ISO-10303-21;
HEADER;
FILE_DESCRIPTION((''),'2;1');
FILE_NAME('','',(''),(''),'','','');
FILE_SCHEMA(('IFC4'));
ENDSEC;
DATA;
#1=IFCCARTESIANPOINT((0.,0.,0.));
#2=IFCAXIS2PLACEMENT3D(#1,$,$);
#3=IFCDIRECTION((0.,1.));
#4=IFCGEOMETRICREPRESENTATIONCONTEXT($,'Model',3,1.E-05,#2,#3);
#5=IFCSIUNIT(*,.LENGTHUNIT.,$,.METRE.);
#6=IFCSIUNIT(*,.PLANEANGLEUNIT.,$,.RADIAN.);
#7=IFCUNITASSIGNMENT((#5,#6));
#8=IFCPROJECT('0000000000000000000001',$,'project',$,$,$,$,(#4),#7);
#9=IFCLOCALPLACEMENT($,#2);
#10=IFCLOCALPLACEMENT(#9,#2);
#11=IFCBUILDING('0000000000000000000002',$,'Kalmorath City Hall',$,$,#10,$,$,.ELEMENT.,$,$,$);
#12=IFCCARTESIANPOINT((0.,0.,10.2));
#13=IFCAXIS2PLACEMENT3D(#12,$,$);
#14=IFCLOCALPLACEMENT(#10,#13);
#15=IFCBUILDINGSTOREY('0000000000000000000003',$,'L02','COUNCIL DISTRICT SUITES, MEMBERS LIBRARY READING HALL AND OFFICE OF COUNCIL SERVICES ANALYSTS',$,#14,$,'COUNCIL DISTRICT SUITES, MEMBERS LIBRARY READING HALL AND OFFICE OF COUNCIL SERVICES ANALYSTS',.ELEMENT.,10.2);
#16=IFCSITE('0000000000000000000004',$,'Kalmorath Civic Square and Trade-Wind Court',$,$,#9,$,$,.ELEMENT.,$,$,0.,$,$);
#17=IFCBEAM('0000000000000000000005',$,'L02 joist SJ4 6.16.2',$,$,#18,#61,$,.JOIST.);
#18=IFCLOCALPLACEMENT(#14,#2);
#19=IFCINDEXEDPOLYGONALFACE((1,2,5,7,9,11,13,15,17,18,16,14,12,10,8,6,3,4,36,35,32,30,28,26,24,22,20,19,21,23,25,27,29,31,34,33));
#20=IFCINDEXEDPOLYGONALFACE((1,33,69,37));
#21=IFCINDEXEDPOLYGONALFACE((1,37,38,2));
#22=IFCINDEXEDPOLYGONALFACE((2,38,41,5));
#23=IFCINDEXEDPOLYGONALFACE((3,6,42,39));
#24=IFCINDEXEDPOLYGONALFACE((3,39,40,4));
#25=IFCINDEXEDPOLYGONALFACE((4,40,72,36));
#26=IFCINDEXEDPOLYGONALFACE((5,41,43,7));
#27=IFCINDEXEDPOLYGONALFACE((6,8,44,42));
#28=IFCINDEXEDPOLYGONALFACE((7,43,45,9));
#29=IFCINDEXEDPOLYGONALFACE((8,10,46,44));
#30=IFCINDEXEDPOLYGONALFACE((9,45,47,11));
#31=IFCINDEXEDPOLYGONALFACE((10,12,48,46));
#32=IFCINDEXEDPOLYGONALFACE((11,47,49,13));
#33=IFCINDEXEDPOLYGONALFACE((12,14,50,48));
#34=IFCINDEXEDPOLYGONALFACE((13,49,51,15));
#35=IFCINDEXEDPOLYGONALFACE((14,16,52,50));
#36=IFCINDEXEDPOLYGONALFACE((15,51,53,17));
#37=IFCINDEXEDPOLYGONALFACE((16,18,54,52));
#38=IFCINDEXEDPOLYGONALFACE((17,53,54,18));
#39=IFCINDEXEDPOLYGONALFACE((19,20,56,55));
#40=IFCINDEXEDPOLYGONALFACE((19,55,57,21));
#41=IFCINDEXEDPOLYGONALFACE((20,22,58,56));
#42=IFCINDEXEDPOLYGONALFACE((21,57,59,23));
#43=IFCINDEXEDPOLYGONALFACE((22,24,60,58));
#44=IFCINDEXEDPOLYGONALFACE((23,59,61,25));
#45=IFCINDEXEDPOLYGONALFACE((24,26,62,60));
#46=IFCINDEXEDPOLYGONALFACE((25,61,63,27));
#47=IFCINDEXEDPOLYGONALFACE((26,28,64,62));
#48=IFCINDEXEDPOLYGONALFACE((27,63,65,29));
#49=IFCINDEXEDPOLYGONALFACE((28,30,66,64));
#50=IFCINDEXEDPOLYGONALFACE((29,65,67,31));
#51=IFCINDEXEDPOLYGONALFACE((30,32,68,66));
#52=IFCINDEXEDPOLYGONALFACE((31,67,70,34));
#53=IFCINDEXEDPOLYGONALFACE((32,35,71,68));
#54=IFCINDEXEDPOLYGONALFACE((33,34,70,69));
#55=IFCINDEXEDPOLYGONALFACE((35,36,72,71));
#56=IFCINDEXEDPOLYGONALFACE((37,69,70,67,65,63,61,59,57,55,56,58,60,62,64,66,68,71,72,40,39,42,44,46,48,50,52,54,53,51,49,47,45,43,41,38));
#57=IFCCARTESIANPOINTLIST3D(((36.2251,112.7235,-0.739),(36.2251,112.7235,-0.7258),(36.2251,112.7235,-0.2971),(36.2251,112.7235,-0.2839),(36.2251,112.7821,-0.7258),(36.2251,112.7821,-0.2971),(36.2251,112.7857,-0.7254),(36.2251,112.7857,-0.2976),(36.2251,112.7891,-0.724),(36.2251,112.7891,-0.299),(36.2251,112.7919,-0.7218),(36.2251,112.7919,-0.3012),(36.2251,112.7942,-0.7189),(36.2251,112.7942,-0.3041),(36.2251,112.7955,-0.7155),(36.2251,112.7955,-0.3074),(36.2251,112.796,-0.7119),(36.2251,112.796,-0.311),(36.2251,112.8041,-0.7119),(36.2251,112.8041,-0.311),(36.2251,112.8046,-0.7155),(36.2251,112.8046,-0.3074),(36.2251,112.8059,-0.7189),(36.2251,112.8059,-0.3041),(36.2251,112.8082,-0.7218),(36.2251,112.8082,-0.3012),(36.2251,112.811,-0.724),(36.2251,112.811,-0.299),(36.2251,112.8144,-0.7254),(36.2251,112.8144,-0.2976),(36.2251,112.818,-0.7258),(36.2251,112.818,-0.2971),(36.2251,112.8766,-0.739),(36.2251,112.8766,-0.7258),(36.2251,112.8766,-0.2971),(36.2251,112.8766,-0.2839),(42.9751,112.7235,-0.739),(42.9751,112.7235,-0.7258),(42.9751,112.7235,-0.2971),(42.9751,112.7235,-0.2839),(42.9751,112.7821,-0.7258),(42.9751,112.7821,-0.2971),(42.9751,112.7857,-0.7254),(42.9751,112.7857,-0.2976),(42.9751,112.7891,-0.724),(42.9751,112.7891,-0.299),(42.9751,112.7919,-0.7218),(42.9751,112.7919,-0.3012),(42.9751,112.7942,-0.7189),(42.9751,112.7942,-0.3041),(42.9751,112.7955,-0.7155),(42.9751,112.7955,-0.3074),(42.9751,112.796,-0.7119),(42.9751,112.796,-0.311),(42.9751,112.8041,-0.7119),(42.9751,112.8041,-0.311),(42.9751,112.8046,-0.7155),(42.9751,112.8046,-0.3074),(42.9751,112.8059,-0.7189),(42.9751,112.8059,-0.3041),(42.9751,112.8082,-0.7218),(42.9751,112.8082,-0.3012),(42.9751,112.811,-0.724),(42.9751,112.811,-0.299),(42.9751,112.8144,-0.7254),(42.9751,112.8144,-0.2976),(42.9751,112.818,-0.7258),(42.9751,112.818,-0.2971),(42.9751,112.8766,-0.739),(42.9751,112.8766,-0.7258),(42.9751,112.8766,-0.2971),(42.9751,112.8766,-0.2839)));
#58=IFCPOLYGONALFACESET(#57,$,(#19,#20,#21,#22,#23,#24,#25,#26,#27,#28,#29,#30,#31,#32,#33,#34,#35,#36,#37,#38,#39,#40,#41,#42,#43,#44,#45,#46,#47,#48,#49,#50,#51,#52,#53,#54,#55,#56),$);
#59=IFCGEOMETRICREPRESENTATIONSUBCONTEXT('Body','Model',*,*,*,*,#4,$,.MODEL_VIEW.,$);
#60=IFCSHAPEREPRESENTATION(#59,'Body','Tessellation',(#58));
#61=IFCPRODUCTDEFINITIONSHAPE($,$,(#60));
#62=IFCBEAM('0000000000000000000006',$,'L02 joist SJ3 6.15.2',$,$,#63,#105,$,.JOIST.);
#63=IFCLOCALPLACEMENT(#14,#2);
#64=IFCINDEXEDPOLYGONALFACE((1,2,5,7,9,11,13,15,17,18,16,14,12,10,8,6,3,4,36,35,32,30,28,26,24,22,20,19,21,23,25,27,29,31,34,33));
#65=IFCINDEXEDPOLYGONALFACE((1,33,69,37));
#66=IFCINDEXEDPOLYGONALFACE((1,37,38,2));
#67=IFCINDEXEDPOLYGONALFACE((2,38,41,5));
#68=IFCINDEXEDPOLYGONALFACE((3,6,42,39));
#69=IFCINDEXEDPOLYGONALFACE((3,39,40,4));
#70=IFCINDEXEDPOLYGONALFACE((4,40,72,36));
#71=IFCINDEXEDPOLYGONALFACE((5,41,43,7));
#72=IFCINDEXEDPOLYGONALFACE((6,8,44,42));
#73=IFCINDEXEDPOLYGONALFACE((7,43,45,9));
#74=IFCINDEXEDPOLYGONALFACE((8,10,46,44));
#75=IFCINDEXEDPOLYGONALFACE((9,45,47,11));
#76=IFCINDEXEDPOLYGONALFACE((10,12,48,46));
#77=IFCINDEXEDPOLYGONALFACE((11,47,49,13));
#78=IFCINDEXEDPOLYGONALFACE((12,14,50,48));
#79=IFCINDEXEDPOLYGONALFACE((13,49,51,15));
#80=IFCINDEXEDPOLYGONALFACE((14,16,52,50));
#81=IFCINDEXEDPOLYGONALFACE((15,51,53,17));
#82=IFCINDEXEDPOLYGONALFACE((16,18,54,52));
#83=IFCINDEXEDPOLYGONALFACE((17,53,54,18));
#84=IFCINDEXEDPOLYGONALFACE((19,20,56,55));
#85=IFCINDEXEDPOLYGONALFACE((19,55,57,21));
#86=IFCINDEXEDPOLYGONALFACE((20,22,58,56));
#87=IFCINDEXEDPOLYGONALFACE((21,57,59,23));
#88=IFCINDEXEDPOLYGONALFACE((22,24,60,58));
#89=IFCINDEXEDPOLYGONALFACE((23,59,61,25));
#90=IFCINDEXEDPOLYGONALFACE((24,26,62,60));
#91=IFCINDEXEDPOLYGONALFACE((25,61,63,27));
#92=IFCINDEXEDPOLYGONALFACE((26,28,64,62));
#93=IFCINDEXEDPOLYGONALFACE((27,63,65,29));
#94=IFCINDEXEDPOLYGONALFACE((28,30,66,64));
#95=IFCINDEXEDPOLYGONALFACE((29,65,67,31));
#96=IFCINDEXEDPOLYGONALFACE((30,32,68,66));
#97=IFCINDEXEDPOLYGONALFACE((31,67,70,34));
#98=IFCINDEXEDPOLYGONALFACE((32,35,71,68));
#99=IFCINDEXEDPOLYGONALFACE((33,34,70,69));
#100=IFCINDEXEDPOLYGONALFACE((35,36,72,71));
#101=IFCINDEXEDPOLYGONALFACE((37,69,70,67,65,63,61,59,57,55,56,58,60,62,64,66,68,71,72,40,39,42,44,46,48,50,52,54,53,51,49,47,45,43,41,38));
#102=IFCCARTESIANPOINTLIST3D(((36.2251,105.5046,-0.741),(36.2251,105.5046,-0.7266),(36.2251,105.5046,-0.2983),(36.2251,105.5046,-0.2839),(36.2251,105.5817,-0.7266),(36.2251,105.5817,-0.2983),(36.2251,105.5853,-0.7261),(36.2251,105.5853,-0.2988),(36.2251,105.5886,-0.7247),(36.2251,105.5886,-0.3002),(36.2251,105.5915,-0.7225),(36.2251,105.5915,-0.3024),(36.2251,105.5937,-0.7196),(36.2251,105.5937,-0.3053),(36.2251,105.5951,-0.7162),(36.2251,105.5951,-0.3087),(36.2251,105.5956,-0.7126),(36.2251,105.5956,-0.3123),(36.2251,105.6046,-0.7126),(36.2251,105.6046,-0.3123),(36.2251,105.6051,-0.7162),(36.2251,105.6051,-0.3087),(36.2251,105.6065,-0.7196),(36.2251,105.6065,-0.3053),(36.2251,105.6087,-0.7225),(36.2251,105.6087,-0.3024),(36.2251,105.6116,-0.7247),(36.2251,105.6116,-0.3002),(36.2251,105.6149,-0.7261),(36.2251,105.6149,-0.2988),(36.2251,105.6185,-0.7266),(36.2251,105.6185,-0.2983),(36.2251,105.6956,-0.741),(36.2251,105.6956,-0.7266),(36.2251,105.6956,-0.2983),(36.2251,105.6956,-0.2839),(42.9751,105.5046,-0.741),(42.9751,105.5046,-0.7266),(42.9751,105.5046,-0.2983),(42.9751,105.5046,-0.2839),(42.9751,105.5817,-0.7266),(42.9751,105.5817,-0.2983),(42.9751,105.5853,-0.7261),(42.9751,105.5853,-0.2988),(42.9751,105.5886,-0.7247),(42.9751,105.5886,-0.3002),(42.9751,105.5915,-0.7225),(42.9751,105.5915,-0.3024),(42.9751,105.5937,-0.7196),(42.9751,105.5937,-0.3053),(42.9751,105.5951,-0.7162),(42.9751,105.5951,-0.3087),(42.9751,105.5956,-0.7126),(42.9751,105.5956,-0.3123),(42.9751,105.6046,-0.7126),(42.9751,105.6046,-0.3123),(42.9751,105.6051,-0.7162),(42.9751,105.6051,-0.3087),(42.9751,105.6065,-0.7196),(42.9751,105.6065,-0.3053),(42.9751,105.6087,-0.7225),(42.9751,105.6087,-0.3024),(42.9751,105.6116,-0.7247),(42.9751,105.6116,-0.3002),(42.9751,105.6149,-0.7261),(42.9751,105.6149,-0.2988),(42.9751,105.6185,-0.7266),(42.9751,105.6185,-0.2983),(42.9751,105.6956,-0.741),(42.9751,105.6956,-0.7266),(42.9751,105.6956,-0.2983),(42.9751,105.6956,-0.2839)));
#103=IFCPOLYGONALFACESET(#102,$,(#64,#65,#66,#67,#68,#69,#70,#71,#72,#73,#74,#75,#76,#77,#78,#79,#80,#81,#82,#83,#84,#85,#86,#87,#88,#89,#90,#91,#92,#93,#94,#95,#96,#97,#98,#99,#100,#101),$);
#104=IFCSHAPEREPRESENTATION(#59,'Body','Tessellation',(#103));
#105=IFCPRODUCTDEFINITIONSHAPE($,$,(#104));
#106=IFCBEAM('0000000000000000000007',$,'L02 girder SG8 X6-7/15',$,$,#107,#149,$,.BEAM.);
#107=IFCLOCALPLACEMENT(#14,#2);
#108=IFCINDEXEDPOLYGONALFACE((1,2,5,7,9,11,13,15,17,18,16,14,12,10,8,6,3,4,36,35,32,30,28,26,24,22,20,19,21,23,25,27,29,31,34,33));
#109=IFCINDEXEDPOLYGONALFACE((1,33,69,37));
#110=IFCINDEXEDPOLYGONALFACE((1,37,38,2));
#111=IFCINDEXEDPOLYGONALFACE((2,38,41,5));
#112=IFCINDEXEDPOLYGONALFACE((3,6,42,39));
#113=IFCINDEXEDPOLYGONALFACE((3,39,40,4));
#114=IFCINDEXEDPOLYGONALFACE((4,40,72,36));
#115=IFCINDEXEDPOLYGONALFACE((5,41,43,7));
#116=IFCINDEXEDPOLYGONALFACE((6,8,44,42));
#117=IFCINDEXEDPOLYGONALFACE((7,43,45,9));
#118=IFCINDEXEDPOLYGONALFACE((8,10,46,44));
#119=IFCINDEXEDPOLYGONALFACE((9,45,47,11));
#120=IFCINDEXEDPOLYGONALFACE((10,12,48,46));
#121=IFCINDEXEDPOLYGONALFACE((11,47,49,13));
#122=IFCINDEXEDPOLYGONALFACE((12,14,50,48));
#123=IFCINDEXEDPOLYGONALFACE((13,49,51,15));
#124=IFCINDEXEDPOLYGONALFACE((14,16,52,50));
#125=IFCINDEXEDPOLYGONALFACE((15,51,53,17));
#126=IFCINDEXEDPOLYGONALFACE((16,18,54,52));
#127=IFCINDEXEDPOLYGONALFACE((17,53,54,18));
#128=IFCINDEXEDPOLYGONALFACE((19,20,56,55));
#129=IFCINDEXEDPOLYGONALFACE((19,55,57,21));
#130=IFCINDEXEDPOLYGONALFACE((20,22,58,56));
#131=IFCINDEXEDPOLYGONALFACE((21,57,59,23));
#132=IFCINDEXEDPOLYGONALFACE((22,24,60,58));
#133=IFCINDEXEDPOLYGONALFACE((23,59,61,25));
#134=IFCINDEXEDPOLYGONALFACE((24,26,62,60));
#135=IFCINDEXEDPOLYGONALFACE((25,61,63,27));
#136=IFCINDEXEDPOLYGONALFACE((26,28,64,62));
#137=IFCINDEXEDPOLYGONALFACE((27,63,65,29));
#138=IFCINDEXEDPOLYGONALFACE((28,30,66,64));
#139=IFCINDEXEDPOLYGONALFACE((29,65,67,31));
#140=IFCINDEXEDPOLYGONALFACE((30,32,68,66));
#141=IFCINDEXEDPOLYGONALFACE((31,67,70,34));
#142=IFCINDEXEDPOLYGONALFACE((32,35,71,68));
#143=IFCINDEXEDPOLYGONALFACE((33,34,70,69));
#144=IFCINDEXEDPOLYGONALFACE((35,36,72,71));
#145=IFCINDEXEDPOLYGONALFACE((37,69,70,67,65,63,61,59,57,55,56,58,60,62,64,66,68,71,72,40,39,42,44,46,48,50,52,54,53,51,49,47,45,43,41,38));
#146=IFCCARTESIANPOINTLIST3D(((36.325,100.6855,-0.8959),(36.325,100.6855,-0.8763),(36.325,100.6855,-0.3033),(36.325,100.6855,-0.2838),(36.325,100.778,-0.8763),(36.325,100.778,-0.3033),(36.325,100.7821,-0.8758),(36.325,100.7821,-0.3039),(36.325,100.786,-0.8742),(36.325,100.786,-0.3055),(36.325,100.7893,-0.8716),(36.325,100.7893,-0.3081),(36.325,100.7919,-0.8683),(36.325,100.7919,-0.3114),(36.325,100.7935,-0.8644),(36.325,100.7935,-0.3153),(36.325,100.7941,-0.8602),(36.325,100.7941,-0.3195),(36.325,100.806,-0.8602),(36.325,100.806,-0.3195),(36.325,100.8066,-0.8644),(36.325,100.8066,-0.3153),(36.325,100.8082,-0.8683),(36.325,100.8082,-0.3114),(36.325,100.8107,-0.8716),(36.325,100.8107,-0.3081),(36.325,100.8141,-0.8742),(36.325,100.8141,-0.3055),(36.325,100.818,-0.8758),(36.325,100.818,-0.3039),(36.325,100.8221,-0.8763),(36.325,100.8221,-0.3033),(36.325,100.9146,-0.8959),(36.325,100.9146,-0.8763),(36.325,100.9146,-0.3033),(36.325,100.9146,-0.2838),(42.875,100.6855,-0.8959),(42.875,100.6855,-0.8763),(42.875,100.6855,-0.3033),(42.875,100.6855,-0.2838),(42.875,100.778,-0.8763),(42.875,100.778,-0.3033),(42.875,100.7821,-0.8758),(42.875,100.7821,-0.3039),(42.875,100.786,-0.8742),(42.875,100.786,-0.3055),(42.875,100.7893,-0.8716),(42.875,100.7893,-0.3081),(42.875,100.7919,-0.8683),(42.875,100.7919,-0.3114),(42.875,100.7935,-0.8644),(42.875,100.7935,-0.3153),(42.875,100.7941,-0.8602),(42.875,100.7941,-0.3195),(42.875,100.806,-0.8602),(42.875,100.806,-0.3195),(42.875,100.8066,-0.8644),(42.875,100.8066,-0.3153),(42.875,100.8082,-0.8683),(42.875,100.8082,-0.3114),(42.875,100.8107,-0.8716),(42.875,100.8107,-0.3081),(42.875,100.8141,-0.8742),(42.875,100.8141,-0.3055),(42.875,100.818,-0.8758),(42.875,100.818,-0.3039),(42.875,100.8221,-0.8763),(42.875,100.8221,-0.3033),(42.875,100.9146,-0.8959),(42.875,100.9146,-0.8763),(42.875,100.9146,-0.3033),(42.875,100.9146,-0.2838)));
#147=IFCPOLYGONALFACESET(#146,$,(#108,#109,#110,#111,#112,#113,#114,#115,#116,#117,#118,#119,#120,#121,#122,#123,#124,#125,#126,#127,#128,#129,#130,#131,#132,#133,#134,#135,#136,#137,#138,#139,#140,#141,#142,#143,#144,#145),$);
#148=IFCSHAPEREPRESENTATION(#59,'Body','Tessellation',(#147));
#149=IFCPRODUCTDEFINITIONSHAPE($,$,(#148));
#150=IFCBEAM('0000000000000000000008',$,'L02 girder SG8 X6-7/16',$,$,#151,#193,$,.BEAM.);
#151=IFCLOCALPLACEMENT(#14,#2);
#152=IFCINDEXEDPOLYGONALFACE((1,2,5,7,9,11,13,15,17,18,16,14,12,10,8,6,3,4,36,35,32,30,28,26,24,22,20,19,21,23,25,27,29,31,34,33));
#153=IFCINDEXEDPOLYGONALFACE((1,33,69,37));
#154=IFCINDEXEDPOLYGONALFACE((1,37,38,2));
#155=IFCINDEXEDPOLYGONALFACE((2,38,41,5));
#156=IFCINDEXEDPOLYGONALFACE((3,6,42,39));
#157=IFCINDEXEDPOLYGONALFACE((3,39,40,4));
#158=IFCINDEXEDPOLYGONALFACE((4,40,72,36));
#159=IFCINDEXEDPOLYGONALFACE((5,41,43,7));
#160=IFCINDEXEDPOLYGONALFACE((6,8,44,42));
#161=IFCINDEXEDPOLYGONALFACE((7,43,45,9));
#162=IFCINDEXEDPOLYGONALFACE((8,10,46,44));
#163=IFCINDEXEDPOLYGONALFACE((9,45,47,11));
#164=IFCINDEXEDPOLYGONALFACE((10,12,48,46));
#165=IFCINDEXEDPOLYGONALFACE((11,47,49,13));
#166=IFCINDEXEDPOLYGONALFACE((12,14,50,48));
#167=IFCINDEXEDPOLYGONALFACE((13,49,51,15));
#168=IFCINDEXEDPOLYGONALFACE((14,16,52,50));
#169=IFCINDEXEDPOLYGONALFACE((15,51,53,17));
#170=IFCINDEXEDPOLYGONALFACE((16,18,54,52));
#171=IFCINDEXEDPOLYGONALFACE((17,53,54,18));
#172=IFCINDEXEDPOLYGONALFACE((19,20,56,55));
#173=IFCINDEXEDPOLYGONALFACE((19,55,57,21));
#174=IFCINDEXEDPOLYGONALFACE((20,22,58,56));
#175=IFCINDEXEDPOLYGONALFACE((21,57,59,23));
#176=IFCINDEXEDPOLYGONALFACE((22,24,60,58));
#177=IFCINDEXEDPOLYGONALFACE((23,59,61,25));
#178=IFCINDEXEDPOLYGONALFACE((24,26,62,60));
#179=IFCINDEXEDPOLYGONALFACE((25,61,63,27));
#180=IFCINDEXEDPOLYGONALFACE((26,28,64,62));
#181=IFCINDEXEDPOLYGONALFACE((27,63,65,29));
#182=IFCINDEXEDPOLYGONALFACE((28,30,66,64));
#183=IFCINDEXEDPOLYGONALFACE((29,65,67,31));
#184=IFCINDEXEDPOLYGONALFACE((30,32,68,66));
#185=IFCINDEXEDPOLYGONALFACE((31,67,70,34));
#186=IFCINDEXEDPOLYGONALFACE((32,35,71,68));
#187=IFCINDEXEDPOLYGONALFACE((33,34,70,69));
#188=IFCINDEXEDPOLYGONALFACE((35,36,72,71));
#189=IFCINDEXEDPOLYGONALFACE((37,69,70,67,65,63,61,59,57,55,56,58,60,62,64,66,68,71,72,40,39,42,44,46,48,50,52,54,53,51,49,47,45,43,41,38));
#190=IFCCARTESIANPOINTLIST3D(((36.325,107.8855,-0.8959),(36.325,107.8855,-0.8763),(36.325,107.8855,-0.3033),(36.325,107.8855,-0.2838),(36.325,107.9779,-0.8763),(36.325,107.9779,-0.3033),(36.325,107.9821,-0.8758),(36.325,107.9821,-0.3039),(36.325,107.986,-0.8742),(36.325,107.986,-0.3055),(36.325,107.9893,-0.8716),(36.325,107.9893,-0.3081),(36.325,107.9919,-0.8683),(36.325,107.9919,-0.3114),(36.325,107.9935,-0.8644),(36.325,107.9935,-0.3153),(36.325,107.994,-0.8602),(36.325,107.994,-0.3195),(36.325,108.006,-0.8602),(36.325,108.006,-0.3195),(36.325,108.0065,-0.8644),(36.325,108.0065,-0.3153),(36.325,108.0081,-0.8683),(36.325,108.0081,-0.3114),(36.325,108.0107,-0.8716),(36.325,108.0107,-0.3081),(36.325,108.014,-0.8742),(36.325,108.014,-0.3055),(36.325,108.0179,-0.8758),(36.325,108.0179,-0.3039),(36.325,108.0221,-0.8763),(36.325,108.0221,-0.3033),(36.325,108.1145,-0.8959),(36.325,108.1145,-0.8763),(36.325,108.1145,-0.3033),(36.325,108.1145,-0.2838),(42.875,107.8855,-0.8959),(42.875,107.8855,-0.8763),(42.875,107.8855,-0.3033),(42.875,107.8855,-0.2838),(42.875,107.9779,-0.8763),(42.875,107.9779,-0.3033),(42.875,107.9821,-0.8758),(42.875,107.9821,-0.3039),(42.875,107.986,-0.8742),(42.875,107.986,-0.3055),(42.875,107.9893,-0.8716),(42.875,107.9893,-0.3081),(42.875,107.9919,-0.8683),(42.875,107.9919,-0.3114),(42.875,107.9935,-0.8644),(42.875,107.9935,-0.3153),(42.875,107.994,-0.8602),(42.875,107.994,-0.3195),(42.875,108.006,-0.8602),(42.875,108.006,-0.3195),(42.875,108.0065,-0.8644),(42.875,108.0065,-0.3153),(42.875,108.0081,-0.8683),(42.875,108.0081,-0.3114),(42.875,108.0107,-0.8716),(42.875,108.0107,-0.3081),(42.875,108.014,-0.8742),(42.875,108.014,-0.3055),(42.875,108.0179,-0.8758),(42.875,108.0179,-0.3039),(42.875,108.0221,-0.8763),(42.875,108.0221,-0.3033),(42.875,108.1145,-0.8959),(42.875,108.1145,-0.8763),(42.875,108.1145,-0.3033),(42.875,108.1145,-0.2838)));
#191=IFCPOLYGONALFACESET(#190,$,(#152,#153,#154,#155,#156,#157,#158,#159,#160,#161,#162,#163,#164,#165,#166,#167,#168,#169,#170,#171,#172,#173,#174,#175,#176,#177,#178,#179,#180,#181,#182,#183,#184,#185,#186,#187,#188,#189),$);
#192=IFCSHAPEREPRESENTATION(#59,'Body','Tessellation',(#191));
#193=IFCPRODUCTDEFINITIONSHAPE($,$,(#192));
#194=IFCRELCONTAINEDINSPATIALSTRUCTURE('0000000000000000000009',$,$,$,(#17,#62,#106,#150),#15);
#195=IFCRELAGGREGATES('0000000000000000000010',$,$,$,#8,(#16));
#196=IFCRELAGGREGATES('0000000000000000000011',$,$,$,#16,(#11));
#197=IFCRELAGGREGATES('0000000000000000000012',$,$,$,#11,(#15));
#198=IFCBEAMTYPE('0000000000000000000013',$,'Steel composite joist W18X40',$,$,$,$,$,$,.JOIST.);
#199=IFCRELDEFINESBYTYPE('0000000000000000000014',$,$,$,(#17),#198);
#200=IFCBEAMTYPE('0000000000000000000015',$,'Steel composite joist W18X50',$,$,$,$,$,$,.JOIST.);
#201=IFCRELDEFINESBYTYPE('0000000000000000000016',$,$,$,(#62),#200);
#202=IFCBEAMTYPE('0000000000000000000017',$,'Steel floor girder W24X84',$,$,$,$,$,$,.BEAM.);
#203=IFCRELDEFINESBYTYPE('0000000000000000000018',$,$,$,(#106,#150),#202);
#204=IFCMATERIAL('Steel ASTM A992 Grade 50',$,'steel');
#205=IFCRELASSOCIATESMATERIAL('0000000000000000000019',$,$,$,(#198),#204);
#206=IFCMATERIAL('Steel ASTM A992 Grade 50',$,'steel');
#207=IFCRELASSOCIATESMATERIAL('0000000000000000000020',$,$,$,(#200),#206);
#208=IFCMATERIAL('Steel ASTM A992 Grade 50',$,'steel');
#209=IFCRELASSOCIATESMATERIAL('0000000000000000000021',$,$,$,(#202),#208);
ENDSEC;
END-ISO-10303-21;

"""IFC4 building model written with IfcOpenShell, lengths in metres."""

from ifc_helpers import new_model, si_unit, direction, frame, origin, origin_2d, place, context, subcontext, project, spatial, i_section, extrude, material, material_profile, profile_set, type_object, element, save


model = new_model("IFC4")

# Units and contexts
model_context = context("Model", 3, precision=1e-05, world=origin(), true_north=direction((0.0, 1.0)))
body_context = subcontext(model_context, "Body", "Model", "MODEL_VIEW")
ifc_project = project(units=[si_unit("LENGTHUNIT", "METRE"), si_unit("PLANEANGLEUNIT", "RADIAN")], contexts=[model_context])

# Site, building, storey
site_placement = place(None, origin())
site = spatial("IfcSite", under=ifc_project, at=site_placement, Name="Kalmorath Civic Square and Trade-Wind Court", CompositionType="ELEMENT", RefElevation=0.0)
building_placement = place(site_placement, origin())
building = spatial("IfcBuilding", under=site, at=building_placement, Name="Kalmorath City Hall", CompositionType="ELEMENT")
storey_placement = place(building_placement, frame((0.0, 0.0, 10.2)))
storey = spatial("IfcBuildingStorey", under=building, at=storey_placement, Name="L02", Description="COUNCIL DISTRICT SUITES, MEMBERS LIBRARY READING HALL AND OFFICE OF COUNCIL SERVICES ANALYSTS", LongName="COUNCIL DISTRICT SUITES, MEMBERS LIBRARY READING HALL AND OFFICE OF COUNCIL SERVICES ANALYSTS", CompositionType="ELEMENT", Elevation=10.2)

# Beams
ifc_material_1 = material(Name="Steel ASTM A992 Grade 50", Category="steel")
ifc_material_profile_1 = material_profile(ifc_material_1, i_section(OverallWidth=0.1531, OverallDepth=0.4551, WebThickness=0.0081, FlangeThickness=0.0132, FilletRadius=0.0139, at=origin_2d()), Name="W18X40")
ifc_profile_set_1 = profile_set([ifc_material_profile_1], Name="Steel ASTM A992 Grade 50")
beam_type_1 = type_object("IfcBeamType", Name="Steel composite joist W18X40", PredefinedType="JOIST", material=ifc_profile_set_1)
for number, where, z_axis, x_axis, name in (
    (1, (36.2251, 112.8, -0.5115), (1.0, 0.0, 0.0), (0.0, 1.0, 0.0), "L02 joist SJ4 6.16.2"),
):
    element("IfcBeam", number, at=place(storey_placement, frame(where, z_axis=z_axis, x_axis=x_axis)), inside=storey, type_object=beam_type_1, Name=name, PredefinedType="JOIST", context=body_context, shape_type="SweptSolid", body=[
        extrude(i_section(OverallWidth=0.1531, OverallDepth=0.4551, WebThickness=0.0081, FlangeThickness=0.0132, FilletRadius=0.0139, at=origin_2d()), origin(), (0.0, 0.0, 1.0), 6.75),
    ])
ifc_material_2 = material(Name="Steel ASTM A992 Grade 50", Category="steel")
ifc_material_profile_2 = material_profile(ifc_material_2, i_section(OverallWidth=0.1909, OverallDepth=0.457, WebThickness=0.009, FlangeThickness=0.0144, FilletRadius=0.0139, at=origin_2d()), Name="W18X50")
ifc_profile_set_2 = profile_set([ifc_material_profile_2], Name="Steel ASTM A992 Grade 50")
beam_type_2 = type_object("IfcBeamType", Name="Steel composite joist W18X50", PredefinedType="JOIST", material=ifc_profile_set_2)
beam_placement = place(storey_placement, frame((36.2251, 105.6001, -0.5125), z_axis=(1.0, 0.0, 0.0), x_axis=(0.0, 1.0, 0.0)))
element("IfcBeam", 2, at=beam_placement, inside=storey, type_object=beam_type_2, Name="L02 joist SJ3 6.15.2", PredefinedType="JOIST", context=body_context, shape_type="SweptSolid", body=[
    extrude(i_section(OverallWidth=0.1909, OverallDepth=0.457, WebThickness=0.009, FlangeThickness=0.0144, FilletRadius=0.0139, at=origin_2d()), origin(), (0.0, 0.0, 1.0), 6.75),
])
ifc_material_3 = material(Name="Steel ASTM A992 Grade 50", Category="steel")
ifc_material_profile_3 = material_profile(ifc_material_3, i_section(OverallWidth=0.229, OverallDepth=0.6121, WebThickness=0.012, FlangeThickness=0.0195, FilletRadius=0.0161, at=origin_2d()), Name="W24X84")
ifc_profile_set_3 = profile_set([ifc_material_profile_3], Name="Steel ASTM A992 Grade 50")
beam_type_3 = type_object("IfcBeamType", Name="Steel floor girder W24X84", PredefinedType="BEAM", material=ifc_profile_set_3)
for number, where, z_axis, x_axis, name in (
    (3, (36.325, 100.8, -0.5898), (1.0, 0.0, 0.0), (0.0, 1.0, 0.0), "L02 girder SG8 X6-7/15"),
    (4, (36.325, 108.0, -0.5898), (1.0, 0.0, 0.0), (0.0, 1.0, 0.0), "L02 girder SG8 X6-7/16"),
):
    element("IfcBeam", number, at=place(storey_placement, frame(where, z_axis=z_axis, x_axis=x_axis)), inside=storey, type_object=beam_type_3, Name=name, PredefinedType="BEAM", context=body_context, shape_type="SweptSolid", body=[
        extrude(i_section(OverallWidth=0.229, OverallDepth=0.6121, WebThickness=0.012, FlangeThickness=0.0195, FilletRadius=0.0161, at=origin_2d()), origin(), (0.0, 0.0, 1.0), 6.55),
    ])

save(model, "model.ifc")
